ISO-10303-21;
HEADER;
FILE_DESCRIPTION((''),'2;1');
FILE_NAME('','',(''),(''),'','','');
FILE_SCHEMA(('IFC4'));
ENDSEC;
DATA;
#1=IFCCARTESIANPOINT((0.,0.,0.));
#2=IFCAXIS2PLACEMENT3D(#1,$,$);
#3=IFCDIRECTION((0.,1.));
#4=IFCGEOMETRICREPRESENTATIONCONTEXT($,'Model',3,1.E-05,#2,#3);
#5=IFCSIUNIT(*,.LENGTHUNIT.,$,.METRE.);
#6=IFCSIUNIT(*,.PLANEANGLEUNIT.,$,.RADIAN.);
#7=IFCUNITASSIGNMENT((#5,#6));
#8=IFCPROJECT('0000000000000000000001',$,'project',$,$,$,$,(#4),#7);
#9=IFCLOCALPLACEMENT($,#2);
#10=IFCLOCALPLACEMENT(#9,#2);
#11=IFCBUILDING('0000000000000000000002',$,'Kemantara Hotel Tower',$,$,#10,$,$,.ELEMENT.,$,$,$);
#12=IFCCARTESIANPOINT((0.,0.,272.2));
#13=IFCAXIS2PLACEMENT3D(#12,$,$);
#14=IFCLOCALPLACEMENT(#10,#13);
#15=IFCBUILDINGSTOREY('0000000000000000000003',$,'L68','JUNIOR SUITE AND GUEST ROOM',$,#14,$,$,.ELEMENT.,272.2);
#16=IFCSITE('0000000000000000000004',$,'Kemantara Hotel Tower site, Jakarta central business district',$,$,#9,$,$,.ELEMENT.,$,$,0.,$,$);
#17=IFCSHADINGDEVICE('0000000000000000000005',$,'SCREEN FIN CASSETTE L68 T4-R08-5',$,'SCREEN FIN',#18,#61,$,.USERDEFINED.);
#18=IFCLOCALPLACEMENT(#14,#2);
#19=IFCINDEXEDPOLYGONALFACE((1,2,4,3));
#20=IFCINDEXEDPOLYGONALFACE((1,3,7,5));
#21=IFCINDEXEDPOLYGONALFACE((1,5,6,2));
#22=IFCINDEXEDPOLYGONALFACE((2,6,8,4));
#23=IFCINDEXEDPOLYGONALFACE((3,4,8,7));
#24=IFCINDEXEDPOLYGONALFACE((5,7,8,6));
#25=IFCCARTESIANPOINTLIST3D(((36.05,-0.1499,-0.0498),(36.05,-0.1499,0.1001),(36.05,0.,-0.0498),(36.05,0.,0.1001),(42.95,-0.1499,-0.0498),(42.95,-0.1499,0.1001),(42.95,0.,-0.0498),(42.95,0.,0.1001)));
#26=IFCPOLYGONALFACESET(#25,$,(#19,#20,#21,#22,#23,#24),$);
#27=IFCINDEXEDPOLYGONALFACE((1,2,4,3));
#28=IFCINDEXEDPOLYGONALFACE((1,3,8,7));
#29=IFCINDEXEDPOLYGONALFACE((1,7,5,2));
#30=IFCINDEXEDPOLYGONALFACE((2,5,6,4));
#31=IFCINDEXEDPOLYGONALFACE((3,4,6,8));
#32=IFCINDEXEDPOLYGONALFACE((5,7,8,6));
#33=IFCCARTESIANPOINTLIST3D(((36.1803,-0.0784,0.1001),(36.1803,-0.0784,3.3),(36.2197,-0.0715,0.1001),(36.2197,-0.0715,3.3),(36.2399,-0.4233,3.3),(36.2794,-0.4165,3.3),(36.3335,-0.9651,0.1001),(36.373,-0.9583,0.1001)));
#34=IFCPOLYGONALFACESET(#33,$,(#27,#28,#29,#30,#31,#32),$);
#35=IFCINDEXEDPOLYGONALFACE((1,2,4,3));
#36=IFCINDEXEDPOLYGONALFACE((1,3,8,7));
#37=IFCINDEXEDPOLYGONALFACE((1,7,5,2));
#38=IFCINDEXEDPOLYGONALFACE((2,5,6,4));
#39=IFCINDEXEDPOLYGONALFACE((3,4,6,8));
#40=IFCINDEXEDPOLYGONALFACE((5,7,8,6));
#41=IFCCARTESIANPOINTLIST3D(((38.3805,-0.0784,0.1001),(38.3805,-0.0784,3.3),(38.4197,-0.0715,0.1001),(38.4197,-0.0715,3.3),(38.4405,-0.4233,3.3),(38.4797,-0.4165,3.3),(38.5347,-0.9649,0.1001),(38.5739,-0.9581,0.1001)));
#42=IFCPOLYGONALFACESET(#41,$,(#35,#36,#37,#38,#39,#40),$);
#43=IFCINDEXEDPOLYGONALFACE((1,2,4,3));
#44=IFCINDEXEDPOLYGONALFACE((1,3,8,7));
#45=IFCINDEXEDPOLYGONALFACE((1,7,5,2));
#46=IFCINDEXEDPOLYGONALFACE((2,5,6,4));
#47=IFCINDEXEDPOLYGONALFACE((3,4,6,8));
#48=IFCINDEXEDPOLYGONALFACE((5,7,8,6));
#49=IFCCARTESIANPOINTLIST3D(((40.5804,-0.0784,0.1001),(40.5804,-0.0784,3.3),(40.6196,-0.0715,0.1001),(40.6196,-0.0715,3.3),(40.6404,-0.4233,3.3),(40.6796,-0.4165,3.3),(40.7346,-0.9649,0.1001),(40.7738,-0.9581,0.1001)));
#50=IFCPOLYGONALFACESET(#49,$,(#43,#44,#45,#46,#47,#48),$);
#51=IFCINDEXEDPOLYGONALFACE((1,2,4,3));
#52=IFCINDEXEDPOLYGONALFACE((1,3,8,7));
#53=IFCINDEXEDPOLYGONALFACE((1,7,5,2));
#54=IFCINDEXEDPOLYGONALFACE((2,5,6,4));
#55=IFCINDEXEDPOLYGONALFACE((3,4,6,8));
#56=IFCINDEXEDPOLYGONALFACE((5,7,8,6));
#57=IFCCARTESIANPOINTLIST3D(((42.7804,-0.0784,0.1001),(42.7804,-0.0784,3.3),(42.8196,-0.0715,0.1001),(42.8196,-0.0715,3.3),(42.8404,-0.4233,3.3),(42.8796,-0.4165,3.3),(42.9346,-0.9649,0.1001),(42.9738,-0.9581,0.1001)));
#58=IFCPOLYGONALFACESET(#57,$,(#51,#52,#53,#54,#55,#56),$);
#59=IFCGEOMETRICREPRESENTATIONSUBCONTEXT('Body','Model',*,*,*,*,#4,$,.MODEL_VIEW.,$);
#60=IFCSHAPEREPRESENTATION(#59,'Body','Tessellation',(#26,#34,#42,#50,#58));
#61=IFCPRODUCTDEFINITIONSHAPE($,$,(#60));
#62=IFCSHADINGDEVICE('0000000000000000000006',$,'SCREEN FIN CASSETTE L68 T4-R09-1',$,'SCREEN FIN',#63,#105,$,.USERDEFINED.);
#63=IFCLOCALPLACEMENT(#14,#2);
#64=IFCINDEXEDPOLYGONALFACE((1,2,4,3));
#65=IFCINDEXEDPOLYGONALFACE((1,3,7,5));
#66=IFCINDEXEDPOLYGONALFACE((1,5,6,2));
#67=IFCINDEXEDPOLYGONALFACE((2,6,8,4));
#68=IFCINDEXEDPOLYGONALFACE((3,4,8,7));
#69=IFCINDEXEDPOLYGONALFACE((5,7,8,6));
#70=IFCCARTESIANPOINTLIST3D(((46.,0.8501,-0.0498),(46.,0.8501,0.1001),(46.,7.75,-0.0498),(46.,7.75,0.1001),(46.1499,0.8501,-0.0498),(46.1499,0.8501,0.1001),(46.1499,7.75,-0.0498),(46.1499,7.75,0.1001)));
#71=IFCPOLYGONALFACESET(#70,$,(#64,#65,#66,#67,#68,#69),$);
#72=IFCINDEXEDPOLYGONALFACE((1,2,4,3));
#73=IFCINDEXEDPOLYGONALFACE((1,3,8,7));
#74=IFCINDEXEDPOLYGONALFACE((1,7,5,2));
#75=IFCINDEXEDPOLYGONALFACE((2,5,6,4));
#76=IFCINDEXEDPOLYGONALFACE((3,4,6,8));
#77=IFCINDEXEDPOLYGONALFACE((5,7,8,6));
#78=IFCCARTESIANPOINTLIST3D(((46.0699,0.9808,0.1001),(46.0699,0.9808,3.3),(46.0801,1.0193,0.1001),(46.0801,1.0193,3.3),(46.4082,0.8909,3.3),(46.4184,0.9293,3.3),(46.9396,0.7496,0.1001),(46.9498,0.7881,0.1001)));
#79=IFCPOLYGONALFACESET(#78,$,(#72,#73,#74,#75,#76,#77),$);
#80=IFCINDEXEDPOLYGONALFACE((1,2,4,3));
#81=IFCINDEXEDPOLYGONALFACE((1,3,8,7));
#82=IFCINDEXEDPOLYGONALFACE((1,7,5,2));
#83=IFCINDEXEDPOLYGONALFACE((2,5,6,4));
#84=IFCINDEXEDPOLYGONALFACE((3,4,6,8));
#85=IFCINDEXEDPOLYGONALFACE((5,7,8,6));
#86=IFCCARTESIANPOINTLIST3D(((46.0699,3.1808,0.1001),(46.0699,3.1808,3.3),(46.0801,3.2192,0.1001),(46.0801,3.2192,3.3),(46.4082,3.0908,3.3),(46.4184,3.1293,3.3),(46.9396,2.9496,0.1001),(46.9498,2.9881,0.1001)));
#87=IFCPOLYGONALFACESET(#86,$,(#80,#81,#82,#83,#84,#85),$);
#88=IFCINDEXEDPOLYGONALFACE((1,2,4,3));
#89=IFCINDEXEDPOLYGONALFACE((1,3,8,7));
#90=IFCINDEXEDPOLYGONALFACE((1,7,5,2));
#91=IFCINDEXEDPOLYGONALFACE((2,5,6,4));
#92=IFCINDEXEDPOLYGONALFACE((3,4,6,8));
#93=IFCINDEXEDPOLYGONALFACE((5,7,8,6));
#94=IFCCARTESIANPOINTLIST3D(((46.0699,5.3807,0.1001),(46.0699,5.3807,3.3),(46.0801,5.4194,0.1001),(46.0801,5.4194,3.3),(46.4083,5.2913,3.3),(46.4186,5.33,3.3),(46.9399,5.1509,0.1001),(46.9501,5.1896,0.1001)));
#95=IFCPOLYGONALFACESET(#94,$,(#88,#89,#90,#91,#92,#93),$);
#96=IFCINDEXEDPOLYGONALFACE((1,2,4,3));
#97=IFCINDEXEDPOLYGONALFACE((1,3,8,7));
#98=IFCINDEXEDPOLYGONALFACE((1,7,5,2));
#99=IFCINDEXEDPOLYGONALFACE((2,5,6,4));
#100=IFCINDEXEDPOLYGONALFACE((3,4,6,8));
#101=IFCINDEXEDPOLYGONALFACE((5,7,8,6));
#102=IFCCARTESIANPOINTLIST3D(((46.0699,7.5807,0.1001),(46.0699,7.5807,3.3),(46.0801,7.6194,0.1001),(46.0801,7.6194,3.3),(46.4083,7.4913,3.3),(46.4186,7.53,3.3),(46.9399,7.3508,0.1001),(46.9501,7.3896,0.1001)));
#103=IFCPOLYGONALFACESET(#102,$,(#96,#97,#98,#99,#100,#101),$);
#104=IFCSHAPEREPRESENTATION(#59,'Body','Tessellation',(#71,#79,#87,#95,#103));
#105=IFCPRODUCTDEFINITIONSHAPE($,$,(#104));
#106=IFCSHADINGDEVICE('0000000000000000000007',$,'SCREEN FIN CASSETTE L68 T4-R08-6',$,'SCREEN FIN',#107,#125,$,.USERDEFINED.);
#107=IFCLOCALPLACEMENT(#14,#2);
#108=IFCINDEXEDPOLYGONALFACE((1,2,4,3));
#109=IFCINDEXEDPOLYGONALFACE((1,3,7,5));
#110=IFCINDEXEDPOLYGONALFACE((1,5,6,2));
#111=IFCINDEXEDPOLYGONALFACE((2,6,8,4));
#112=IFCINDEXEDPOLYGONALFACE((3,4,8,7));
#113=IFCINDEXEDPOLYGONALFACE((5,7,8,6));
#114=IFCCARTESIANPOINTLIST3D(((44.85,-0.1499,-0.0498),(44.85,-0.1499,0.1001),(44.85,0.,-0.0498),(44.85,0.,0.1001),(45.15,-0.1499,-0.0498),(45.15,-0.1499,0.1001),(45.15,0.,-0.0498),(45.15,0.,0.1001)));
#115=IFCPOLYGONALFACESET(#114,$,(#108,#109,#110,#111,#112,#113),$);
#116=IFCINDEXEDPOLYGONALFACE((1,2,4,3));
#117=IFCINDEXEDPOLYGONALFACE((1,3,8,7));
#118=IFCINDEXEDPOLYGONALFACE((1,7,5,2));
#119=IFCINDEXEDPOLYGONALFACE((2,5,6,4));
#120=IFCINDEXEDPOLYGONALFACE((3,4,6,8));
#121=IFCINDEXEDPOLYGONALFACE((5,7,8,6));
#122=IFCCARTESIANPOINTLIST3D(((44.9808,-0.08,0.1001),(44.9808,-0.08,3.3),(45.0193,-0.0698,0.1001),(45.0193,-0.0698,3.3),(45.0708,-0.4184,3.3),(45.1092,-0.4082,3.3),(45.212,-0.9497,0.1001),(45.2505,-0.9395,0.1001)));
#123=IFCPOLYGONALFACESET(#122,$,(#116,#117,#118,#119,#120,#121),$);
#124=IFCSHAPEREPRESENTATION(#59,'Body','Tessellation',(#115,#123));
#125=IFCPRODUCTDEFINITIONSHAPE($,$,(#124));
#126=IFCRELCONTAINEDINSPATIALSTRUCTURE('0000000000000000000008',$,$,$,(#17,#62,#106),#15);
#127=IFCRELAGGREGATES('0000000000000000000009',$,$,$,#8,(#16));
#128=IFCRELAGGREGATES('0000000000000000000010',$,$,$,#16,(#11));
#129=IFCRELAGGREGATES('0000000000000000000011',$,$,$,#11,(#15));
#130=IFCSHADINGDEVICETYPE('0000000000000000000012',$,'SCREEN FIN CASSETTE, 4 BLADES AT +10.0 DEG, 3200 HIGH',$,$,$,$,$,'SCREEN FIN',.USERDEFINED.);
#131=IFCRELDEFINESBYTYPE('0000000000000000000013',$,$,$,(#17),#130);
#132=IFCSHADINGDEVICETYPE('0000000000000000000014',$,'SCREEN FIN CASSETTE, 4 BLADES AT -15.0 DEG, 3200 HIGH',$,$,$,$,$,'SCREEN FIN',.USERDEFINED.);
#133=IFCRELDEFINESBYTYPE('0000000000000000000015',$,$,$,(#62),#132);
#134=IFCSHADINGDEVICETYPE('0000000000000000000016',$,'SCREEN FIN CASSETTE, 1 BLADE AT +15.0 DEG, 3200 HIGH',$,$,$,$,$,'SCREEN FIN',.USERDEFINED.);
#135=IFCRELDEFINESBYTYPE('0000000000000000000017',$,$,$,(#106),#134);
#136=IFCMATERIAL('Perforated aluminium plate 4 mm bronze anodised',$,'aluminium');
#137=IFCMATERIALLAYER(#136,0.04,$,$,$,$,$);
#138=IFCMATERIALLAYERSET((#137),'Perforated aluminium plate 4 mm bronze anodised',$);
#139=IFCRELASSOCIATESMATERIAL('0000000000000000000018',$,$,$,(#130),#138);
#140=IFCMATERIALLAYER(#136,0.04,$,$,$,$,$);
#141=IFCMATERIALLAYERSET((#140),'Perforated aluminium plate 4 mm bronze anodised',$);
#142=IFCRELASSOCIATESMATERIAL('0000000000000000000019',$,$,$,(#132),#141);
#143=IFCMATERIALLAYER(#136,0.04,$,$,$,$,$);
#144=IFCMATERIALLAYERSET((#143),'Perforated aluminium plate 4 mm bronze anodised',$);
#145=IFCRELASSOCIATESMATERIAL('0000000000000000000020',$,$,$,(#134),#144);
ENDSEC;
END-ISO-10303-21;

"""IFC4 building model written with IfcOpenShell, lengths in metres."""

from ifc_helpers import new_model, si_unit, direction, frame, origin, origin_2d, place, context, subcontext, project, spatial, polyline, rectangle, outline, extrude, source, transform, mapped, material, layer, layer_set, type_object, element, save


model = new_model("IFC4")

# Units and contexts
model_context = context("Model", 3, precision=1e-05, world=origin(), true_north=direction((0.0, 1.0)))
body_context = subcontext(model_context, "Body", "Model", "MODEL_VIEW")
ifc_project = project(units=[si_unit("LENGTHUNIT", "METRE"), si_unit("PLANEANGLEUNIT", "RADIAN")], contexts=[model_context])

# Site, building, storey
site_placement = place(None, origin())
site = spatial("IfcSite", under=ifc_project, at=site_placement, Name="Kemantara Hotel Tower site, Jakarta central business district", CompositionType="ELEMENT", RefElevation=0.0)
building_placement = place(site_placement, origin())
building = spatial("IfcBuilding", under=site, at=building_placement, Name="Kemantara Hotel Tower", CompositionType="ELEMENT")
storey_placement = place(building_placement, frame((0.0, 0.0, 272.2)))
storey = spatial("IfcBuildingStorey", under=building, at=storey_placement, Name="L68", Description="JUNIOR SUITE AND GUEST ROOM", CompositionType="ELEMENT", Elevation=272.2)

# Shading devices
ifc_material_1 = material(Name="Perforated aluminium plate 4 mm bronze anodised", Category="aluminium")
ifc_layer_1 = layer(ifc_material_1, 0.04)
ifc_layer_set_1 = layer_set([ifc_layer_1], Name="Perforated aluminium plate 4 mm bronze anodised")
shading_device_type_1 = type_object("IfcShadingDeviceType", Name="SCREEN FIN CASSETTE, 4 BLADES AT +10.0 DEG, 3200 HIGH", ElementType="SCREEN FIN", PredefinedType="USERDEFINED", material=ifc_layer_set_1)
shared_shape_1 = source(origin(), body_context, "Body", "SweptSolid", [
    extrude(rectangle(XDim=6.8999, YDim=0.1499, at=origin_2d()), frame((3.3, -0.075, -0.1499), z_axis=(0.0, 0.0, 1.0), x_axis=(1.0, 0.0, 0.0)), (0.0, 0.0, 1.0), 0.1499),
    extrude(outline(polyline([(0.0, 0.0), (0.8999, 0.0), (0.3501, 3.2), (0.0, 3.2), (0.0, 0.0)])), frame((0.0198, -0.0715, 0.0), z_axis=(-0.98539, -0.170314, 0.0), x_axis=(0.170314, -0.98539, 0.0)), (0.0, 0.0, 1.0), 0.04),
    extrude(outline(polyline([(0.0, 0.0), (0.8999, 0.0), (0.3501, 3.2), (0.0, 3.2), (0.0, 0.0)])), frame((2.2197, -0.0715, 0.0), z_axis=(-0.985212, -0.171341, 0.0), x_axis=(0.171341, -0.985212, 0.0)), (0.0, 0.0, 1.0), 0.0398),
    extrude(outline(polyline([(0.0, 0.0), (0.8999, 0.0), (0.3501, 3.2), (0.0, 3.2), (0.0, 0.0)])), frame((4.4197, -0.0715, 0.0), z_axis=(-0.985212, -0.171341, 0.0), x_axis=(0.171341, -0.985212, 0.0)), (0.0, 0.0, 1.0), 0.0398),
    extrude(outline(polyline([(0.0, 0.0), (0.8999, 0.0), (0.3501, 3.2), (0.0, 3.2), (0.0, 0.0)])), frame((6.6196, -0.0715, 0.0), z_axis=(-0.985212, -0.171341, 0.0), x_axis=(0.171341, -0.985212, 0.0)), (0.0, 0.0, 1.0), 0.0398),
])
shading_device_1_placement = place(storey_placement, frame((36.2, 0.0, 0.1001), z_axis=(0.0, 0.0, 1.0), x_axis=(1.0, 0.0, 0.0)))
element("IfcShadingDevice", 1, at=shading_device_1_placement, inside=storey, type_object=shading_device_type_1, Name="SCREEN FIN CASSETTE L68 T4-R08-5", ObjectType="SCREEN FIN", PredefinedType="USERDEFINED", context=body_context, shape_type="MappedRepresentation", body=[
    mapped(shared_shape_1, transform((0.0, 0.0, 0.0))),
])
ifc_layer_2 = layer(ifc_material_1, 0.04)
ifc_layer_set_2 = layer_set([ifc_layer_2], Name="Perforated aluminium plate 4 mm bronze anodised")
shading_device_type_2 = type_object("IfcShadingDeviceType", Name="SCREEN FIN CASSETTE, 4 BLADES AT -15.0 DEG, 3200 HIGH", ElementType="SCREEN FIN", PredefinedType="USERDEFINED", material=ifc_layer_set_2)
shared_shape_2 = source(origin(), body_context, "Body", "SweptSolid", [
    extrude(rectangle(XDim=6.8999, YDim=0.1499, at=origin_2d()), frame((3.3, -0.075, -0.1499), z_axis=(0.0, 0.0, 1.0), x_axis=(1.0, 0.0, 0.0)), (0.0, 0.0, 1.0), 0.1499),
    extrude(outline(polyline([(0.0, 0.0), (0.8999, 0.0), (0.3501, 3.2), (0.0, 3.2), (0.0, 0.0)])), frame((0.0193, -0.0801, 0.0), z_axis=(-0.966438, 0.256901, 0.0), x_axis=(-0.256901, -0.966438, 0.0)), (0.0, 0.0, 1.0), 0.0398),
    extrude(outline(polyline([(0.0, 0.0), (0.8999, 0.0), (0.3501, 3.2), (0.0, 3.2), (0.0, 0.0)])), frame((2.2192, -0.0801, 0.0), z_axis=(-0.966438, 0.256901, 0.0), x_axis=(-0.256901, -0.966438, 0.0)), (0.0, 0.0, 1.0), 0.0398),
    extrude(outline(polyline([(0.0, 0.0), (0.8999, 0.0), (0.3501, 3.2), (0.0, 3.2), (0.0, 0.0)])), frame((4.4194, -0.0801, 0.0), z_axis=(-0.966838, 0.255391, 0.0), x_axis=(-0.255391, -0.966838, 0.0)), (0.0, 0.0, 1.0), 0.04),
    extrude(outline(polyline([(0.0, 0.0), (0.8999, 0.0), (0.3501, 3.2), (0.0, 3.2), (0.0, 0.0)])), frame((6.6194, -0.0801, 0.0), z_axis=(-0.966838, 0.255391, 0.0), x_axis=(-0.255391, -0.966838, 0.0)), (0.0, 0.0, 1.0), 0.04),
])
shading_device_2_placement = place(storey_placement, frame((46.0, 1.0, 0.1001), z_axis=(0.0, 0.0, 1.0), x_axis=(0.0, 1.0, 0.0)))
element("IfcShadingDevice", 2, at=shading_device_2_placement, inside=storey, type_object=shading_device_type_2, Name="SCREEN FIN CASSETTE L68 T4-R09-1", ObjectType="SCREEN FIN", PredefinedType="USERDEFINED", context=body_context, shape_type="MappedRepresentation", body=[
    mapped(shared_shape_2, transform((0.0, 0.0, 0.0))),
])
ifc_layer_3 = layer(ifc_material_1, 0.04)
ifc_layer_set_3 = layer_set([ifc_layer_3], Name="Perforated aluminium plate 4 mm bronze anodised")
shading_device_type_3 = type_object("IfcShadingDeviceType", Name="SCREEN FIN CASSETTE, 1 BLADE AT +15.0 DEG, 3200 HIGH", ElementType="SCREEN FIN", PredefinedType="USERDEFINED", material=ifc_layer_set_3)
shared_shape_3 = source(origin(), body_context, "Body", "SweptSolid", [
    extrude(rectangle(XDim=0.3, YDim=0.1499, at=origin_2d()), frame((0.0, -0.075, -0.1499), z_axis=(0.0, 0.0, 1.0), x_axis=(1.0, 0.0, 0.0)), (0.0, 0.0, 1.0), 0.1499),
    extrude(outline(polyline([(0.0, 0.0), (0.8999, 0.0), (0.3501, 3.2), (0.0, 3.2), (0.0, 0.0)])), frame((0.0193, -0.0698, 0.0), z_axis=(-0.966438, -0.256901, 0.0), x_axis=(0.256901, -0.966438, 0.0)), (0.0, 0.0, 1.0), 0.0398),
])
shading_device_3_placement = place(storey_placement, frame((45.0, 0.0, 0.1001), z_axis=(0.0, 0.0, 1.0), x_axis=(1.0, 0.0, 0.0)))
element("IfcShadingDevice", 3, at=shading_device_3_placement, inside=storey, type_object=shading_device_type_3, Name="SCREEN FIN CASSETTE L68 T4-R08-6", ObjectType="SCREEN FIN", PredefinedType="USERDEFINED", context=body_context, shape_type="MappedRepresentation", body=[
    mapped(shared_shape_3, transform((0.0, 0.0, 0.0))),
])

save(model, "model.ifc")
